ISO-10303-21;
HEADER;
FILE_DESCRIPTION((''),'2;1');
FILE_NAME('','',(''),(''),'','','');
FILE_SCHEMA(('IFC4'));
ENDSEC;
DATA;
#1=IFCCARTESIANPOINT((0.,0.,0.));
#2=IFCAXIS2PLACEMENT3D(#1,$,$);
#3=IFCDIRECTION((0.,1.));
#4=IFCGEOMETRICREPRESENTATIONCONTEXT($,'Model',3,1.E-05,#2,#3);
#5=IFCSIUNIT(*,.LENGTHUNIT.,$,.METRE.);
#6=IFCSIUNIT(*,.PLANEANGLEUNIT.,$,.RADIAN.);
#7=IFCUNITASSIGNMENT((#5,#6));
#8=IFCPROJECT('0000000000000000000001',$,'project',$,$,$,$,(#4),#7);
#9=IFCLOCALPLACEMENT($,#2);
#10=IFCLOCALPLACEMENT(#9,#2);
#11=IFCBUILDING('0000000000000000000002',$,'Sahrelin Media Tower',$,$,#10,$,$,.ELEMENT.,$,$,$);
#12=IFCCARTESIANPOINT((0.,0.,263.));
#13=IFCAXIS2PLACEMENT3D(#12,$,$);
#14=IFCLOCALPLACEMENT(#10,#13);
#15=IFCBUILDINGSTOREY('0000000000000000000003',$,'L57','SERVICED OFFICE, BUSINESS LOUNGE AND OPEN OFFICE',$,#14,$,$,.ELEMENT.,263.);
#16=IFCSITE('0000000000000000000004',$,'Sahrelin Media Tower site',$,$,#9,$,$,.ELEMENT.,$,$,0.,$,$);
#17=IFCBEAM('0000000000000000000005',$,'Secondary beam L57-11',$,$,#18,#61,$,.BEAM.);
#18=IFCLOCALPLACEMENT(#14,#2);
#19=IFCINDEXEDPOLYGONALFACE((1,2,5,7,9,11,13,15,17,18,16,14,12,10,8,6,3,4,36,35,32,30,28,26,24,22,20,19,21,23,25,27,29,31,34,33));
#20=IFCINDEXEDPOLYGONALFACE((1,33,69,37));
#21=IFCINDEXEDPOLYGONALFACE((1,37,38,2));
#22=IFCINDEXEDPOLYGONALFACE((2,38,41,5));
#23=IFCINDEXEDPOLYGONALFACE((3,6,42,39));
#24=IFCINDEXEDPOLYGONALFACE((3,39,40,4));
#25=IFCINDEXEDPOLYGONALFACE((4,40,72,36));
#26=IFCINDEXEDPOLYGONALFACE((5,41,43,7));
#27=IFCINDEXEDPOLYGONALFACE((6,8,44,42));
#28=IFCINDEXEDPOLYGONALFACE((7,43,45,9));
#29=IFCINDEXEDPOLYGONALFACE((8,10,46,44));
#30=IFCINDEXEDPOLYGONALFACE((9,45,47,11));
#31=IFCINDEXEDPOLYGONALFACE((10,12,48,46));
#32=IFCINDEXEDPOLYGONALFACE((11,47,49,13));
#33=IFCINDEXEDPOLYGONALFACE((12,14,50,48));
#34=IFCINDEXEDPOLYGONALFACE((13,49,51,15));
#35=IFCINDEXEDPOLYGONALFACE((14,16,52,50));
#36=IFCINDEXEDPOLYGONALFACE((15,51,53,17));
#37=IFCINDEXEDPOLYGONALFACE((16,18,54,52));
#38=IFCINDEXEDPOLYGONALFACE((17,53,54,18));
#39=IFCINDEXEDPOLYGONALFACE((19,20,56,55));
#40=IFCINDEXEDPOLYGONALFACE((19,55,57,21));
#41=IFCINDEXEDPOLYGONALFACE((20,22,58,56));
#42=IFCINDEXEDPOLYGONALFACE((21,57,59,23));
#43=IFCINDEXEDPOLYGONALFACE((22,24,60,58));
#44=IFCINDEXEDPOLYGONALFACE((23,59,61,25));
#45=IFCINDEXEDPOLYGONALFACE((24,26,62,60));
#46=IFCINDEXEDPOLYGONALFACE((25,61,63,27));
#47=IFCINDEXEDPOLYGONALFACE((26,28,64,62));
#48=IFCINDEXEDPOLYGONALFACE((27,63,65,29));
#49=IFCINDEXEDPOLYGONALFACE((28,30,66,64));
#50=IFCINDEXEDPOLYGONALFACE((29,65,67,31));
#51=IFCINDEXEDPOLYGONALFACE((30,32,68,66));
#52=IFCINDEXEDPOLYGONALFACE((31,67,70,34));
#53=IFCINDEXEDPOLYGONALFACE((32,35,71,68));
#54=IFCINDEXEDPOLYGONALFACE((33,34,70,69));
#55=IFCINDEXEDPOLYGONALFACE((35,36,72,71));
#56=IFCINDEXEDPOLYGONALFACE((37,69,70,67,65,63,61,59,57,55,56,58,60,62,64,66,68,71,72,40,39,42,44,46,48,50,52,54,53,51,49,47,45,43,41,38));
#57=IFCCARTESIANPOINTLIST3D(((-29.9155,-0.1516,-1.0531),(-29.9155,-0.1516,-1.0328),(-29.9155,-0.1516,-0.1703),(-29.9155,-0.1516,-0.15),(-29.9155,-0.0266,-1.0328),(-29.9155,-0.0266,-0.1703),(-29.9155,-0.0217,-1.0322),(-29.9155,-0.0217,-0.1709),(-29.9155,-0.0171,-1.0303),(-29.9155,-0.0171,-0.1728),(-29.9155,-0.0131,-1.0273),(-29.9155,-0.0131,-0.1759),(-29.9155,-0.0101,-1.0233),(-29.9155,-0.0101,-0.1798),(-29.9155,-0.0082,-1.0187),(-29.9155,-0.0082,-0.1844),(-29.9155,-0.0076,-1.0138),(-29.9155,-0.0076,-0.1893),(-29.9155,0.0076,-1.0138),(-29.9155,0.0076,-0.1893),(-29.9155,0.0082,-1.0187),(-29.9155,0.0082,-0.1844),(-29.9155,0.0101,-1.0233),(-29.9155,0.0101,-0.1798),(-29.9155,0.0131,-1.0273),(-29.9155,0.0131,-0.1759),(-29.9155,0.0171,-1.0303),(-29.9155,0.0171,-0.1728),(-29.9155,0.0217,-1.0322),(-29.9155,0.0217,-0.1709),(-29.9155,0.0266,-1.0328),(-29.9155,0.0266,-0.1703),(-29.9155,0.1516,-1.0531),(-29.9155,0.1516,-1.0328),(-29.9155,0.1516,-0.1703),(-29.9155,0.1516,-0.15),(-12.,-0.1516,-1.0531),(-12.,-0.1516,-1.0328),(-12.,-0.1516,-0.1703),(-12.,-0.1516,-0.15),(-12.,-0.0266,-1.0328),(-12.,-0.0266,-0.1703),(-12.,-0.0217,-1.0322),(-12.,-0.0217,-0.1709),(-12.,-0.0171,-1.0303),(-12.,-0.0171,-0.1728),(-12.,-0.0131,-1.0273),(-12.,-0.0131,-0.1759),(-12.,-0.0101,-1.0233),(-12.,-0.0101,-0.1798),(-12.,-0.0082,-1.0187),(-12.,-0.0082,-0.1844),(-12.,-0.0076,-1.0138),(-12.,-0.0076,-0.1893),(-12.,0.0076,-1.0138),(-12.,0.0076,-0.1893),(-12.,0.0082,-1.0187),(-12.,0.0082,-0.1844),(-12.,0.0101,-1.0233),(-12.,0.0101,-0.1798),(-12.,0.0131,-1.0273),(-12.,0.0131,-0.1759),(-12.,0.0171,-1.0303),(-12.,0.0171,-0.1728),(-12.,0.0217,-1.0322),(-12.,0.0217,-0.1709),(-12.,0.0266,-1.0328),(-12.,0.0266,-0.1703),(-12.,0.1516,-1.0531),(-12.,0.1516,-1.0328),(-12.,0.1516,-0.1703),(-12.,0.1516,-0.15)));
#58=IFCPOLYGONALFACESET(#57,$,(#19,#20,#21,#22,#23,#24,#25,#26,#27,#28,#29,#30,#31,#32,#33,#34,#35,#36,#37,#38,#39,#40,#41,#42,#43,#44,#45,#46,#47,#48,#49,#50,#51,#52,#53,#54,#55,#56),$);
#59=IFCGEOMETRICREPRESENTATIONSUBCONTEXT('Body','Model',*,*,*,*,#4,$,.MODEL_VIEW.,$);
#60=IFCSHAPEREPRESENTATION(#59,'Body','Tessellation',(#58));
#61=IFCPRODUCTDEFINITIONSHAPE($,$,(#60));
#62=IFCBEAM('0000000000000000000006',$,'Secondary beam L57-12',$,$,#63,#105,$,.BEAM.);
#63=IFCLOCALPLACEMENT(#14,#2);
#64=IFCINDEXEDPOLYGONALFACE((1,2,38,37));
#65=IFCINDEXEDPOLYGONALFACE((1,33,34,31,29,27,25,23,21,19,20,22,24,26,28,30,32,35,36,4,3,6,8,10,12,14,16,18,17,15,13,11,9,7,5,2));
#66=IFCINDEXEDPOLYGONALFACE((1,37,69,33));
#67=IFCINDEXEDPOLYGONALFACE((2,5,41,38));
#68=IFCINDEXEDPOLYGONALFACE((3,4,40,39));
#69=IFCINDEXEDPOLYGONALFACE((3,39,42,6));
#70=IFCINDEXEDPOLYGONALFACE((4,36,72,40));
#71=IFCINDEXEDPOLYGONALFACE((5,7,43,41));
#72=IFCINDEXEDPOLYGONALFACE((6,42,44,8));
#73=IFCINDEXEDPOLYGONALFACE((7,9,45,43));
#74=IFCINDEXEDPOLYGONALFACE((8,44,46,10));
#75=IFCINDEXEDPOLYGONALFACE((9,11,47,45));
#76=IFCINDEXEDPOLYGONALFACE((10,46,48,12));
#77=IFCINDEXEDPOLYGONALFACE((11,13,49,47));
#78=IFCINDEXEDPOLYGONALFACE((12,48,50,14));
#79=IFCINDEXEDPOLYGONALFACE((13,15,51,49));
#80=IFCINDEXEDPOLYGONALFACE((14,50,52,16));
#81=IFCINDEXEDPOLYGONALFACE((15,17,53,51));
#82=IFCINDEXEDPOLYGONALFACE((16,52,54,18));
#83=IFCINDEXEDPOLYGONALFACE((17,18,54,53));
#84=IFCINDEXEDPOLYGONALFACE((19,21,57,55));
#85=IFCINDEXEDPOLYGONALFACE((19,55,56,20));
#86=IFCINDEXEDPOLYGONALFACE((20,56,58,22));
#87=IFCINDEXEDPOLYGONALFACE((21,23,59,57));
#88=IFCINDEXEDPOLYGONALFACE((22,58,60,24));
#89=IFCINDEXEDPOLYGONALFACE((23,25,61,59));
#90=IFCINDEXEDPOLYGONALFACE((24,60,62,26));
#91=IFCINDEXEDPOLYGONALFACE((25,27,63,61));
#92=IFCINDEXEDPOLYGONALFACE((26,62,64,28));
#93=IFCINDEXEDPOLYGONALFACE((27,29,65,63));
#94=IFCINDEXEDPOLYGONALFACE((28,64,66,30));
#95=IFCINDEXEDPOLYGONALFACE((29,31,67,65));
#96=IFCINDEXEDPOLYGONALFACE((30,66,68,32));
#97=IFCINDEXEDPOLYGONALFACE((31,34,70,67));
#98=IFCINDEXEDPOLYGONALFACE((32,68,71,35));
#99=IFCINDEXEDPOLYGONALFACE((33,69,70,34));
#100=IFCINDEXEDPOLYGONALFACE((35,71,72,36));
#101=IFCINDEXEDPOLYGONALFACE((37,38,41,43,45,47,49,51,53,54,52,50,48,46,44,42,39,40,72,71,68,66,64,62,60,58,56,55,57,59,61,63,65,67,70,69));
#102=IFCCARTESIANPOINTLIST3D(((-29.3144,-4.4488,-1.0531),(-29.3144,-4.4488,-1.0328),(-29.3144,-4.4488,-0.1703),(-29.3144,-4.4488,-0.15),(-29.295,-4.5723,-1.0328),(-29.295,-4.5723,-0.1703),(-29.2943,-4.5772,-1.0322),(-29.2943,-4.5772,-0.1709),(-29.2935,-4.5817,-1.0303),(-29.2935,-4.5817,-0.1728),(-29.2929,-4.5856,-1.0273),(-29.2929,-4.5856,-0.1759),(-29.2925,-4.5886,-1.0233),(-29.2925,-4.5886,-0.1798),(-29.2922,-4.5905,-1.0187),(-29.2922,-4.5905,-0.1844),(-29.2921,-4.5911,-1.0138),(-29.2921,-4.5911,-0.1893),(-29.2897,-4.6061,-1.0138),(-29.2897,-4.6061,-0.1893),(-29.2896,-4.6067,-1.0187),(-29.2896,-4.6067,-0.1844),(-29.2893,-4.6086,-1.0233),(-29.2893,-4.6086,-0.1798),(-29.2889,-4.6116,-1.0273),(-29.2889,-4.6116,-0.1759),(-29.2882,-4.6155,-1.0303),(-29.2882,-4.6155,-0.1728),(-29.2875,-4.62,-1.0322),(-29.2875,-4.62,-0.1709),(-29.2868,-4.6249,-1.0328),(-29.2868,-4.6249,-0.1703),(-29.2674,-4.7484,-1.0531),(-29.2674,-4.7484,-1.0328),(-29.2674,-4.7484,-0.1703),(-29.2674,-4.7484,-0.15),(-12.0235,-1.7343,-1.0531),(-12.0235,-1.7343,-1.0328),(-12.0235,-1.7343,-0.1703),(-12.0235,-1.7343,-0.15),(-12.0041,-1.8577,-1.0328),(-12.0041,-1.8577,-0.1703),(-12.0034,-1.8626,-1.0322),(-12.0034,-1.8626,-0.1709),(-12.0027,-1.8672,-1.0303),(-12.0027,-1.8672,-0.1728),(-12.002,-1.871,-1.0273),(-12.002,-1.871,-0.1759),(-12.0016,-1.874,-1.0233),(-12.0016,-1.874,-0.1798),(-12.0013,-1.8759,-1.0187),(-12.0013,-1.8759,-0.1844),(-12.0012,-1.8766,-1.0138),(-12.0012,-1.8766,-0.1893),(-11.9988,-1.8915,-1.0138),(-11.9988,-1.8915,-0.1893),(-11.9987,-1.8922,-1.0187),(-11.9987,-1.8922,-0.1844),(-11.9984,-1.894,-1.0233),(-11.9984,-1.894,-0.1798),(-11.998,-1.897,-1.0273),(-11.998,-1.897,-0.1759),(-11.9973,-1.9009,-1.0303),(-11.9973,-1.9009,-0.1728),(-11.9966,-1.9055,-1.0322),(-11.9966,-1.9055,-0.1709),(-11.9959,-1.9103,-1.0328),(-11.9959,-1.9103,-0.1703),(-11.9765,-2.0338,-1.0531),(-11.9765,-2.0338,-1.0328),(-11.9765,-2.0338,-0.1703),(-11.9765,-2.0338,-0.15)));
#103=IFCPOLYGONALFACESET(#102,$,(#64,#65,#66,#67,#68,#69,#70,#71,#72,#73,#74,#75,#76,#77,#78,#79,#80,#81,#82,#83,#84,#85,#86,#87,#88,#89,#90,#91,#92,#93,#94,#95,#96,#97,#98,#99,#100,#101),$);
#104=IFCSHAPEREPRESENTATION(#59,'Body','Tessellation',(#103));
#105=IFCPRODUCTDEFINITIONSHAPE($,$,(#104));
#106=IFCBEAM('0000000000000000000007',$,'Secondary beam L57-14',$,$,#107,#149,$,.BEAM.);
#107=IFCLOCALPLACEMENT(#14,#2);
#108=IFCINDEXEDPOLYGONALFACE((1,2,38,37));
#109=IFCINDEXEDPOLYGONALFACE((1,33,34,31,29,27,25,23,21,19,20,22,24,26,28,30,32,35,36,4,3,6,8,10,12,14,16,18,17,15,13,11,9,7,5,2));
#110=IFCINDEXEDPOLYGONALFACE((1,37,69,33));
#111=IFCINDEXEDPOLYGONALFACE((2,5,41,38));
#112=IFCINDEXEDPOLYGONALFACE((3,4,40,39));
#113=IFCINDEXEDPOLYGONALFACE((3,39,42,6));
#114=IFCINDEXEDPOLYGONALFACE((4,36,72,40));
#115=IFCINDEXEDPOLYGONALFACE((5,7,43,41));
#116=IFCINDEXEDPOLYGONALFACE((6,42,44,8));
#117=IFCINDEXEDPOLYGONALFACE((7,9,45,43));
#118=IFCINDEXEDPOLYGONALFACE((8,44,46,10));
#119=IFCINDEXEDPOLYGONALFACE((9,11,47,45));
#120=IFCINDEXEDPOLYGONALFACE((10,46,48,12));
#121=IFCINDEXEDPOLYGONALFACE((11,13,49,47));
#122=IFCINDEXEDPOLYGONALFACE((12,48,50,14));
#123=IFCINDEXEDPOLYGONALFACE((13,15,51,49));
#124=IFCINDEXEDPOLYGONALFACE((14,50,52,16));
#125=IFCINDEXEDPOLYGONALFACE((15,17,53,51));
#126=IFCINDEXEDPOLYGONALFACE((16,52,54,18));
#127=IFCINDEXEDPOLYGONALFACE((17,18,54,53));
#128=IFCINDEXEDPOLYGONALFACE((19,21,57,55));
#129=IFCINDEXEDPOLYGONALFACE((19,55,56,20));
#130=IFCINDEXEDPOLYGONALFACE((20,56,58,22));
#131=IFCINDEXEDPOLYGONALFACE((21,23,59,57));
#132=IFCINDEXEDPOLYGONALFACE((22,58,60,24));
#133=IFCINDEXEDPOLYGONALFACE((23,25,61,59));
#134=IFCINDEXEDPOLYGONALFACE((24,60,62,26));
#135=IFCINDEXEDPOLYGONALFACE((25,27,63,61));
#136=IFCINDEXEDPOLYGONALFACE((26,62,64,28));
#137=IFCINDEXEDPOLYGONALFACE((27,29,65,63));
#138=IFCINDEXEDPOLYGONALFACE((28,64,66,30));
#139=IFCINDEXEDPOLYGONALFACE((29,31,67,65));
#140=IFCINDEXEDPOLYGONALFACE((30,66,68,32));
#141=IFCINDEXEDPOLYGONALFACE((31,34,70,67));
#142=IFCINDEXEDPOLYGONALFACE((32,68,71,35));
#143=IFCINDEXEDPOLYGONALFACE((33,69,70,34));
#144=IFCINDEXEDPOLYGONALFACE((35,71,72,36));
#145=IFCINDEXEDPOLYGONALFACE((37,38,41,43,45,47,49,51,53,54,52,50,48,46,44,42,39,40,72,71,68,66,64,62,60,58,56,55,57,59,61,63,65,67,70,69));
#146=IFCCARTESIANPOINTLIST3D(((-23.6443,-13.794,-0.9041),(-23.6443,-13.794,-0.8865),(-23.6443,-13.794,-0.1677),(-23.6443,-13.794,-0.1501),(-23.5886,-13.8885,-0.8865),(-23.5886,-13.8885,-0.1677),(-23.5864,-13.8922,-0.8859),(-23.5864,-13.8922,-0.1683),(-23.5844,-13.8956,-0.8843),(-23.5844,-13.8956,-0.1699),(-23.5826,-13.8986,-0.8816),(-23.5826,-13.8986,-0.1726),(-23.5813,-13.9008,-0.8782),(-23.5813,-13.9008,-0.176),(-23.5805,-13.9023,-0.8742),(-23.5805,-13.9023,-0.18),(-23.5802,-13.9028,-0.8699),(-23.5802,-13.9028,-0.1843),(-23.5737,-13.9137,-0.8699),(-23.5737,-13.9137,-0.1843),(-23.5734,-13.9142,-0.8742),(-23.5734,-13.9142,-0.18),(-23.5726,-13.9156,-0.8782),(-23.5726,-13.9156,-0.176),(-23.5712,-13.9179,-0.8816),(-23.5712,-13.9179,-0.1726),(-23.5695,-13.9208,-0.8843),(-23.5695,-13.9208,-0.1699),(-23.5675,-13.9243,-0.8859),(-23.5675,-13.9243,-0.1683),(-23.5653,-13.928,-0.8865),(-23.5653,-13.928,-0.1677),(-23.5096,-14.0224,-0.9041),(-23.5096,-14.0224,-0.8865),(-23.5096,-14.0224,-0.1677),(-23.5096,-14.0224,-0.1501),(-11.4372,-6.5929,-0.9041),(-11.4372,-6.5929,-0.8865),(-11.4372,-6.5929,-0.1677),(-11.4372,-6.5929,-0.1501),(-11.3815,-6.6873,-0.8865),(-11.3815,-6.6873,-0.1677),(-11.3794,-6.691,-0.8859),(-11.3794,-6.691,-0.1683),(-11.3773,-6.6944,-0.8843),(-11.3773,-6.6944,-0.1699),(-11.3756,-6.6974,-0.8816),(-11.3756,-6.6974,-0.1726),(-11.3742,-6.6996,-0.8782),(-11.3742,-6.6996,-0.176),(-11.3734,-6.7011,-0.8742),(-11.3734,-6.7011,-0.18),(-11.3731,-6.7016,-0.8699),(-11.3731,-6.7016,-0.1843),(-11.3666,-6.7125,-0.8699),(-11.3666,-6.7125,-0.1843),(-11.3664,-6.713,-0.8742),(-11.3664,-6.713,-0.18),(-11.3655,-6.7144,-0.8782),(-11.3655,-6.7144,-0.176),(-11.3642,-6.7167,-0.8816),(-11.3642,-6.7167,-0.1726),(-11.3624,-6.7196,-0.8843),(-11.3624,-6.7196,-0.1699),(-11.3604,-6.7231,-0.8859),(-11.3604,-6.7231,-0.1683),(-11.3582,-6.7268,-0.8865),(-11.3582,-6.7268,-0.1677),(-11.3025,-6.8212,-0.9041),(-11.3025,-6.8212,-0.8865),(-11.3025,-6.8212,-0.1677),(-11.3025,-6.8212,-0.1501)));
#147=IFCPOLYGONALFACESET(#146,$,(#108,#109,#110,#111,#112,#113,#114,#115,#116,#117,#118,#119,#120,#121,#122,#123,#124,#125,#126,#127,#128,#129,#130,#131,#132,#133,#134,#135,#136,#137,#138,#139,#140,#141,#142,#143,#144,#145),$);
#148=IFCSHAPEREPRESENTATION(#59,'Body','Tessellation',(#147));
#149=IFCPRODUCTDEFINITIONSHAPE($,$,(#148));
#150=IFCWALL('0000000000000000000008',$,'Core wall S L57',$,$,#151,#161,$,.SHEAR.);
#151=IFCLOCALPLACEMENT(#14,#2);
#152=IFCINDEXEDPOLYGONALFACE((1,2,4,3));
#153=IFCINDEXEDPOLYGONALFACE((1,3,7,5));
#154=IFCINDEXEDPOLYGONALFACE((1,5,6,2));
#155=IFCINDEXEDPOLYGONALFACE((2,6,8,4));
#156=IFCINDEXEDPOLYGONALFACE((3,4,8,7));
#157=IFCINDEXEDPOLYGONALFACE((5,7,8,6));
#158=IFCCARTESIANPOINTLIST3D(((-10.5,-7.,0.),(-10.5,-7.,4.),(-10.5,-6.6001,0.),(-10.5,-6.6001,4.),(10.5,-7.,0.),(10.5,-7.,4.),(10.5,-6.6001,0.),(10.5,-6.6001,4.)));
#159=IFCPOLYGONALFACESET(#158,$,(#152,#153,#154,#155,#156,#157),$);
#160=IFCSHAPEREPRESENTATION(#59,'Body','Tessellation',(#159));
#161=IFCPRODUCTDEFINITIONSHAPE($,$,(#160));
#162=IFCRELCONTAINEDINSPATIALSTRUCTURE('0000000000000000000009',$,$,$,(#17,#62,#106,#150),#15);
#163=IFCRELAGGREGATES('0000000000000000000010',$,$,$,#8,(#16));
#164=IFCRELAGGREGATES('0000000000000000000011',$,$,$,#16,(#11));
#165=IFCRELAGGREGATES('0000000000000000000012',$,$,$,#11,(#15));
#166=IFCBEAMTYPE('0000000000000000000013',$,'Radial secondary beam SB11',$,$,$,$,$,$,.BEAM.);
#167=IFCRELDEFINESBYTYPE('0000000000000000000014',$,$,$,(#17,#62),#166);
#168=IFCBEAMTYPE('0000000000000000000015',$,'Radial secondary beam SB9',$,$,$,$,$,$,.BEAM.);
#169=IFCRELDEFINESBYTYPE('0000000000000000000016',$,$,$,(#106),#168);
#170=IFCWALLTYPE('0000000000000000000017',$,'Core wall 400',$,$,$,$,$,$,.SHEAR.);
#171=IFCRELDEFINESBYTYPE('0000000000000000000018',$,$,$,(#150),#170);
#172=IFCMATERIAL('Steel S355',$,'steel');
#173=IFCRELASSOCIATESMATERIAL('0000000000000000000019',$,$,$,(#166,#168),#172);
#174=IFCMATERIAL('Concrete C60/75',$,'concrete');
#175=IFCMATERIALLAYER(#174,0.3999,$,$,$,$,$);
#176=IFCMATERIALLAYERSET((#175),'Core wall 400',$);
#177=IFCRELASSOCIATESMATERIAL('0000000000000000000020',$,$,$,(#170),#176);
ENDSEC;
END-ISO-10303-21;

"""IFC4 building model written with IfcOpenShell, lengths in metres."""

from ifc_helpers import new_model, si_unit, direction, frame, frame_2d, origin, origin_2d, place, context, subcontext, project, spatial, rectangle, i_section, extrude, material, layer, layer_set, material_profile, profile_set, type_object, element, save


model = new_model("IFC4")

# Units and contexts
model_context = context("Model", 3, precision=1e-05, world=origin(), true_north=direction((0.0, 1.0)))
body_context = subcontext(model_context, "Body", "Model", "MODEL_VIEW")
ifc_project = project(units=[si_unit("LENGTHUNIT", "METRE"), si_unit("PLANEANGLEUNIT", "RADIAN")], contexts=[model_context])

# Site, building, storey
site_placement = place(None, origin())
site = spatial("IfcSite", under=ifc_project, at=site_placement, Name="Sahrelin Media Tower site", CompositionType="ELEMENT", RefElevation=0.0)
building_placement = place(site_placement, origin())
building = spatial("IfcBuilding", under=site, at=building_placement, Name="Sahrelin Media Tower", CompositionType="ELEMENT")
storey_placement = place(building_placement, frame((0.0, 0.0, 263.0)))
storey = spatial("IfcBuildingStorey", under=building, at=storey_placement, Name="L57", Description="SERVICED OFFICE, BUSINESS LOUNGE AND OPEN OFFICE", CompositionType="ELEMENT", Elevation=263.0)

# Beams
ifc_material_1 = material(Name="Steel S355", Category="steel")
ifc_material_profile_1 = material_profile(ifc_material_1, i_section(OverallWidth=0.3032, OverallDepth=0.9031, WebThickness=0.0151, FlangeThickness=0.0203, FilletRadius=0.019, at=origin_2d()), Name="UB 914x305x201")
ifc_profile_set_1 = profile_set([ifc_material_profile_1], Name="Steel S355")
beam_type_1 = type_object("IfcBeamType", Name="Radial secondary beam SB11", PredefinedType="BEAM", material=ifc_profile_set_1)
beam_1_placement = place(storey_placement, frame((-12.0, 0.0, -0.6016), z_axis=(-1.0, 0.0, 0.0), x_axis=(0.0, -1.0, 0.0)))
element("IfcBeam", 1, at=beam_1_placement, inside=storey, type_object=beam_type_1, Name="Secondary beam L57-11", PredefinedType="BEAM", context=body_context, shape_type="SweptSolid", body=[
    extrude(i_section(OverallWidth=0.3032, OverallDepth=0.9031, WebThickness=0.0151, FlangeThickness=0.0203, FilletRadius=0.019, at=origin_2d()), origin(), (0.0, 0.0, 1.0), 17.9155),
])
beam_2_placement = place(storey_placement, frame((-12.0, -1.884, -0.6016), z_axis=(-0.9879, -0.155095, 0.0), x_axis=(0.155095, -0.9879, 0.0)))
element("IfcBeam", 2, at=beam_2_placement, inside=storey, type_object=beam_type_1, Name="Secondary beam L57-12", PredefinedType="BEAM", context=body_context, shape_type="SweptSolid", body=[
    extrude(i_section(OverallWidth=0.3032, OverallDepth=0.9031, WebThickness=0.0151, FlangeThickness=0.0203, FilletRadius=0.019, at=origin_2d()), origin(), (0.0, 0.0, 1.0), 17.5027),
])
ifc_material_profile_2 = material_profile(ifc_material_1, i_section(OverallWidth=0.2651, OverallDepth=0.7539, WebThickness=0.0127, FlangeThickness=0.0176, FilletRadius=0.0166, at=origin_2d()), Name="UB 762x267x147")
ifc_profile_set_2 = profile_set([ifc_material_profile_2], Name="Steel S355")
beam_type_2 = type_object("IfcBeamType", Name="Radial secondary beam SB9", PredefinedType="BEAM", material=ifc_profile_set_2)
beam_3_placement = place(storey_placement, frame((-11.3699, -6.707, -0.5271), z_axis=(-0.861299, -0.508098, 0.0), x_axis=(0.508098, -0.861299, 0.0)))
element("IfcBeam", 3, at=beam_3_placement, inside=storey, type_object=beam_type_2, Name="Secondary beam L57-14", PredefinedType="BEAM", context=body_context, shape_type="SweptSolid", body=[
    extrude(i_section(OverallWidth=0.2651, OverallDepth=0.7539, WebThickness=0.0127, FlangeThickness=0.0176, FilletRadius=0.0166, at=origin_2d()), origin(), (0.0, 0.0, 1.0), 14.1729),
])

# Wall
ifc_material_2 = material(Name="Concrete C60/75", Category="concrete")
ifc_layer_1 = layer(ifc_material_2, 0.3999)
ifc_layer_set_1 = layer_set([ifc_layer_1], Name="Core wall 400")
wall_type_1 = type_object("IfcWallType", Name="Core wall 400", PredefinedType="SHEAR", material=ifc_layer_set_1)
wall_1_placement = place(storey_placement, frame((-10.5, -6.8, 0.0), z_axis=(0.0, 0.0, 1.0), x_axis=(1.0, 0.0, 0.0)))
element("IfcWall", 4, at=wall_1_placement, inside=storey, type_object=wall_type_1, Name="Core wall S L57", PredefinedType="SHEAR", context=body_context, shape_type="SweptSolid", body=[
    extrude(rectangle(XDim=21.0, YDim=0.3999, at=frame_2d((10.5, 0.0))), origin(), (0.0, 0.0, 1.0), 4.0),
])

save(model, "model.ifc")
